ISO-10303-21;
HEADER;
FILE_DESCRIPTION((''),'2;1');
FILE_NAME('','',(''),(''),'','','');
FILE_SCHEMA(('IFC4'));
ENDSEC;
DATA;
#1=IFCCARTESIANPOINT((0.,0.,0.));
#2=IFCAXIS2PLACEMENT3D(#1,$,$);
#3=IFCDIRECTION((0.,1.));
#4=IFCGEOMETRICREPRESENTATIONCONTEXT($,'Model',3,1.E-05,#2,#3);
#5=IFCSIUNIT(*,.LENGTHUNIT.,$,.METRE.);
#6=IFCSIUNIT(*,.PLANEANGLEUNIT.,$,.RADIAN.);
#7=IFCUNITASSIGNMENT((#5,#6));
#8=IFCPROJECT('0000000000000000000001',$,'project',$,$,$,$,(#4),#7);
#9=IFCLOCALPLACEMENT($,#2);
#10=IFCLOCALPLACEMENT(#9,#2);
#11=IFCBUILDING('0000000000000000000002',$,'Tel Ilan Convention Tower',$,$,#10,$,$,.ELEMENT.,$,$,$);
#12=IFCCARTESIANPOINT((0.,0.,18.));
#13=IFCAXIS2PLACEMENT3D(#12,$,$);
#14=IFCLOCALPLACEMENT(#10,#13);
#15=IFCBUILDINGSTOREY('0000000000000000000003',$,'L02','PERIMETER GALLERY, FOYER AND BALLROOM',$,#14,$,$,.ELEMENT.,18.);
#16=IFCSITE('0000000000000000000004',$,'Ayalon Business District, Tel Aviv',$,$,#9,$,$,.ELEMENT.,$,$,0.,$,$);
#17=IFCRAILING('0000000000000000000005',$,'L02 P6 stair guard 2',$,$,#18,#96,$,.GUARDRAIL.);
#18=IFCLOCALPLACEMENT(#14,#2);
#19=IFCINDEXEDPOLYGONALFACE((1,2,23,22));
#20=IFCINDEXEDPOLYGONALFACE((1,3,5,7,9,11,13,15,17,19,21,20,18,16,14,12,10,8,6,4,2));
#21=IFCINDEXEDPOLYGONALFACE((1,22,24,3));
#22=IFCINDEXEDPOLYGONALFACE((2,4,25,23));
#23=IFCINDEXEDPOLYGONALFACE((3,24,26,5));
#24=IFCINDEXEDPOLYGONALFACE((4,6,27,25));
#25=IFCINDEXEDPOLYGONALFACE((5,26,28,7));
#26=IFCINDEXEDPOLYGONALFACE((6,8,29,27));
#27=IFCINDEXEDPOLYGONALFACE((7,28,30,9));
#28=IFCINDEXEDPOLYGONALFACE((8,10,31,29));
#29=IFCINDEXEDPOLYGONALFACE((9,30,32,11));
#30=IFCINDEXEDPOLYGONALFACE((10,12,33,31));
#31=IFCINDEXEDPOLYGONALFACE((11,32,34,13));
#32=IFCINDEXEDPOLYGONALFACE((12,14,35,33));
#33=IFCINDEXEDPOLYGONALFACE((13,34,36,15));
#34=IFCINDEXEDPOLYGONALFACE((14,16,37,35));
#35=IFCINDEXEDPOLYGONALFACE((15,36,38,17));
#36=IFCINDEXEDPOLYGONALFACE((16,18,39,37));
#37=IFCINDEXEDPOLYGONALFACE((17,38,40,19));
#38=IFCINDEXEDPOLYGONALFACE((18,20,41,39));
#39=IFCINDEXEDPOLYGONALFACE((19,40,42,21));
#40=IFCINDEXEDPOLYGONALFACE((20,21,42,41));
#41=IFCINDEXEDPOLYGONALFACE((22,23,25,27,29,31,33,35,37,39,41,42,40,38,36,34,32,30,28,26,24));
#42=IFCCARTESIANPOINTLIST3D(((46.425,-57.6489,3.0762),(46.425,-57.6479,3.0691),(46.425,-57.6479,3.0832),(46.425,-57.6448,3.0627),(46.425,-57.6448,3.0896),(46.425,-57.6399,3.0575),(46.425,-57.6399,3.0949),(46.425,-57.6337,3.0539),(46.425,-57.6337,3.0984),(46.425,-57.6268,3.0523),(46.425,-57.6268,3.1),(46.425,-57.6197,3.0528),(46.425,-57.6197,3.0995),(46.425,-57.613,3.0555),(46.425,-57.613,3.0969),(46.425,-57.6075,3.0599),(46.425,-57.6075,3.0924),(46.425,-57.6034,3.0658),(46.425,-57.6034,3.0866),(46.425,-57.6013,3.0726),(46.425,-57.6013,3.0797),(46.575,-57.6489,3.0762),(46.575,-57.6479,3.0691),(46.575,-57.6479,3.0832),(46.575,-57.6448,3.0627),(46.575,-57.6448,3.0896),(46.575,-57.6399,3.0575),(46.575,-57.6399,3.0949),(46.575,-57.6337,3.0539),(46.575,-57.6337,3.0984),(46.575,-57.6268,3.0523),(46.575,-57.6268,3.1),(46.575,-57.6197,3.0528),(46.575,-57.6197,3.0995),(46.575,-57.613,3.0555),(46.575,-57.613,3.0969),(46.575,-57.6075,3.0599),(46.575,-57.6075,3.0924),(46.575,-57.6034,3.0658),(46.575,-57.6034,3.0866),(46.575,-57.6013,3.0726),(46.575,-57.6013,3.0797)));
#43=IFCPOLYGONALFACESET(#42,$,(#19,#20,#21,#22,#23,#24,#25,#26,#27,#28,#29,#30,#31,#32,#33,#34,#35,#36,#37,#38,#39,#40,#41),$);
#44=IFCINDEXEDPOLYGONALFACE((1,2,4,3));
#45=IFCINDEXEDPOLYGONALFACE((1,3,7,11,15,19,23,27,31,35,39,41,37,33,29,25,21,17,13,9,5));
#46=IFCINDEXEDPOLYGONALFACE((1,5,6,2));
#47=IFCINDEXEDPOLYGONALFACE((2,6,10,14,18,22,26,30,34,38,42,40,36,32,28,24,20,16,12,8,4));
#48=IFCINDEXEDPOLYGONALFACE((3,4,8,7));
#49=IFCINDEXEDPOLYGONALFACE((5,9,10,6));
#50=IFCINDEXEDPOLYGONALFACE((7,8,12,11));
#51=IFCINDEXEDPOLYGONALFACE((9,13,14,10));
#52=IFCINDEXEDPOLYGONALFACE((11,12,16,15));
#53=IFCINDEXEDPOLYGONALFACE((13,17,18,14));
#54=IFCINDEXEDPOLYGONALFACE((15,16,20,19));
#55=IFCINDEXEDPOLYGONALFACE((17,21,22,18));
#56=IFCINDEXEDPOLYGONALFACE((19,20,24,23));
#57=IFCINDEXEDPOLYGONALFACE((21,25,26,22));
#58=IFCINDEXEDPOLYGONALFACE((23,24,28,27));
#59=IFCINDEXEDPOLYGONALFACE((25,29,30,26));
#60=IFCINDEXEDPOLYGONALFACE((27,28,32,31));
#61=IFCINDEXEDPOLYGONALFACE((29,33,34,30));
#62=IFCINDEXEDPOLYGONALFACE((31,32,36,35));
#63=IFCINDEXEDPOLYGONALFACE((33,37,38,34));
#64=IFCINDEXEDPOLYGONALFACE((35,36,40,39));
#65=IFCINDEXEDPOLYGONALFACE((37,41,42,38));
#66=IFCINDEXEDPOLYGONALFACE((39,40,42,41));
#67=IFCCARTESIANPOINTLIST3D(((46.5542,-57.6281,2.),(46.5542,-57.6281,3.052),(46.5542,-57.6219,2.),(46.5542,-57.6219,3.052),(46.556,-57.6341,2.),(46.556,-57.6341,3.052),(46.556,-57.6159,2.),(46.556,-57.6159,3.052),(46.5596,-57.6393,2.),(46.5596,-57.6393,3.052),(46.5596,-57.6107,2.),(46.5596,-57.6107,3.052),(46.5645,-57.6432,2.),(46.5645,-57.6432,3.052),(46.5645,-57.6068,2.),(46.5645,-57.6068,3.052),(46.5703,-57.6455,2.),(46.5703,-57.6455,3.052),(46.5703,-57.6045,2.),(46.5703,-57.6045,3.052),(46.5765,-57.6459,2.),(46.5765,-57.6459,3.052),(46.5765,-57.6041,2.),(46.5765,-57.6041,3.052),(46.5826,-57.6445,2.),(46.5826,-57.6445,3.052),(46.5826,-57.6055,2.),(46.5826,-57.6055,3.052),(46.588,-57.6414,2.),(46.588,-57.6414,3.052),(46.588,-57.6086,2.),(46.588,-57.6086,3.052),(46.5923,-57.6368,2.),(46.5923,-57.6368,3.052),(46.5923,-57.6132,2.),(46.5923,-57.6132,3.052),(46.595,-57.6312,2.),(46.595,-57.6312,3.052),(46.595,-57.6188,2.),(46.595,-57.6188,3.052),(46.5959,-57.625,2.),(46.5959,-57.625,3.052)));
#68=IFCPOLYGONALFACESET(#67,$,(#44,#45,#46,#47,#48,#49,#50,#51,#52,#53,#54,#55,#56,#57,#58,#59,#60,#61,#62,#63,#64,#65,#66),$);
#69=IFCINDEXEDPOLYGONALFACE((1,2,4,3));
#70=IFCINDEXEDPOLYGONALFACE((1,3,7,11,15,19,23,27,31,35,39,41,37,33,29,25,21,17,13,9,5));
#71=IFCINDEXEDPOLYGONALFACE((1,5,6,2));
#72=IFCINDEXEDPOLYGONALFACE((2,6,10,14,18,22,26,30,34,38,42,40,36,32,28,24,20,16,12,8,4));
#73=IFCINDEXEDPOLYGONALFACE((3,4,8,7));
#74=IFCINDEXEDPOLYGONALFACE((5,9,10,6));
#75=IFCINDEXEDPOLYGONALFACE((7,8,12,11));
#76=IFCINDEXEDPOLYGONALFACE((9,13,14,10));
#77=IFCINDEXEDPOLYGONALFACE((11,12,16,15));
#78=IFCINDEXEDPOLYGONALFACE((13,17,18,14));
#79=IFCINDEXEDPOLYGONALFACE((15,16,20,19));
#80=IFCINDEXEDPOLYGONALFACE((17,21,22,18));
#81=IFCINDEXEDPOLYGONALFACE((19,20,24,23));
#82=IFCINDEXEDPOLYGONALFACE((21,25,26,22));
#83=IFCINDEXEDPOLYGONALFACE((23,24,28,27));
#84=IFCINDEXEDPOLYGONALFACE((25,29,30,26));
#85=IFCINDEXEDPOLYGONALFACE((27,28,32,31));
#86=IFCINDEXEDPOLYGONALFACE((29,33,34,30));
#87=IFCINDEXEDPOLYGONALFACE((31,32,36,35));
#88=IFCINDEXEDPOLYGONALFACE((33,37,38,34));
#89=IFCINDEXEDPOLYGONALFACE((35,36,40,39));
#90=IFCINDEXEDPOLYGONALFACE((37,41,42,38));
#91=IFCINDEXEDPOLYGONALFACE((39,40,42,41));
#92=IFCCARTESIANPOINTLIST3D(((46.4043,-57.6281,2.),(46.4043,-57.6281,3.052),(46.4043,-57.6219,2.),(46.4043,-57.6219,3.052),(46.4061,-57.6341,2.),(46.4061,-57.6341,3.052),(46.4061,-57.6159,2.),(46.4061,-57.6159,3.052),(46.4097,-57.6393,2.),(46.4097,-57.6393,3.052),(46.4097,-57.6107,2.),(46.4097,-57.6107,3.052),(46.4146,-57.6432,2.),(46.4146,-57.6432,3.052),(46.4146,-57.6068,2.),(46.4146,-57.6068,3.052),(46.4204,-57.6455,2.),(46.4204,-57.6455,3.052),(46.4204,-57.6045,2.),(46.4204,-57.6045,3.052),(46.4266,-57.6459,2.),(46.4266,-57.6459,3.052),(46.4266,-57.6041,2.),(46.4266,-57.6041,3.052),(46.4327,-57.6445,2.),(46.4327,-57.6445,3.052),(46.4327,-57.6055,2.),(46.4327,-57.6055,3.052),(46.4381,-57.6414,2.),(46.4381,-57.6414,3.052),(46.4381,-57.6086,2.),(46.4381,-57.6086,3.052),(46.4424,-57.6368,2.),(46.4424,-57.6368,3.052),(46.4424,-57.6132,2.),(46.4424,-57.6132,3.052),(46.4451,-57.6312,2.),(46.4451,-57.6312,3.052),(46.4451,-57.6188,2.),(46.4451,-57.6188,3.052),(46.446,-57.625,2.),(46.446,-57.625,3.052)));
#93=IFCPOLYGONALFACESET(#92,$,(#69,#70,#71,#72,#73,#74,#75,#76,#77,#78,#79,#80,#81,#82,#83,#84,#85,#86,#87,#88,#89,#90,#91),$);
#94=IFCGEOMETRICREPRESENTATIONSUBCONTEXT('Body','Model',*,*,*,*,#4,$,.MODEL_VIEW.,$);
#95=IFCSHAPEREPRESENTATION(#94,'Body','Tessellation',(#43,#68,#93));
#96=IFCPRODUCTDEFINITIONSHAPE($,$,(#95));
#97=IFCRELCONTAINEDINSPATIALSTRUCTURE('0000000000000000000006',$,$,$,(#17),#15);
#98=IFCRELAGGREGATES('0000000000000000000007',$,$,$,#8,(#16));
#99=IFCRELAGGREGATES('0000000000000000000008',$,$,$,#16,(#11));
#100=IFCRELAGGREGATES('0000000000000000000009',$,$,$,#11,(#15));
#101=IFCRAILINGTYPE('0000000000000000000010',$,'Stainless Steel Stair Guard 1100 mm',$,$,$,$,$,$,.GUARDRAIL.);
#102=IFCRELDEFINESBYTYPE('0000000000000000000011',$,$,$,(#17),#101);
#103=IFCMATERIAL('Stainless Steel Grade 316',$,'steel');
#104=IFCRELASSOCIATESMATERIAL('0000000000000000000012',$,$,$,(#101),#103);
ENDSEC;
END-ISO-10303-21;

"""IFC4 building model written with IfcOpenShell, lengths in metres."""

from ifc_helpers import new_model, si_unit, direction, frame, origin, origin_2d, place, context, subcontext, project, spatial, circle, extrude, material, type_object, element, save


model = new_model("IFC4")

# Units and contexts
model_context = context("Model", 3, precision=1e-05, world=origin(), true_north=direction((0.0, 1.0)))
body_context = subcontext(model_context, "Body", "Model", "MODEL_VIEW")
ifc_project = project(units=[si_unit("LENGTHUNIT", "METRE"), si_unit("PLANEANGLEUNIT", "RADIAN")], contexts=[model_context])

# Site, building, storey
site_placement = place(None, origin())
site = spatial("IfcSite", under=ifc_project, at=site_placement, Name="Ayalon Business District, Tel Aviv", CompositionType="ELEMENT", RefElevation=0.0)
building_placement = place(site_placement, origin())
building = spatial("IfcBuilding", under=site, at=building_placement, Name="Tel Ilan Convention Tower", CompositionType="ELEMENT")
storey_placement = place(building_placement, frame((0.0, 0.0, 18.0)))
storey = spatial("IfcBuildingStorey", under=building, at=storey_placement, Name="L02", Description="PERIMETER GALLERY, FOYER AND BALLROOM", CompositionType="ELEMENT", Elevation=18.0)

# Railing
ifc_material_1 = material(Name="Stainless Steel Grade 316", Category="steel")
railing_type_1 = type_object("IfcRailingType", Name="Stainless Steel Stair Guard 1100 mm", PredefinedType="GUARDRAIL", material=ifc_material_1)
railing_1_placement = place(storey_placement, frame((46.575, -57.625, 2.0)))
element("IfcRailing", 1, at=railing_1_placement, inside=storey, type_object=railing_type_1, Name="L02 P6 stair guard 2", PredefinedType="GUARDRAIL", context=body_context, shape_type="SweptSolid", body=[
    extrude(circle(Radius=0.0239, at=origin_2d()), frame((0.0, 0.0, 1.0762), z_axis=(-1.0, 0.0, 0.0), x_axis=(0.0, -1.0, 0.0)), (0.0, 0.0, 1.0), 0.1499),
    extrude(circle(Radius=0.021, at=origin_2d()), origin(), (0.0, 0.0, 1.0), 1.052),
    extrude(circle(Radius=0.021, at=origin_2d()), frame((-0.1499, 0.0, 0.0)), (0.0, 0.0, 1.0), 1.052),
])

save(model, "model.ifc")
